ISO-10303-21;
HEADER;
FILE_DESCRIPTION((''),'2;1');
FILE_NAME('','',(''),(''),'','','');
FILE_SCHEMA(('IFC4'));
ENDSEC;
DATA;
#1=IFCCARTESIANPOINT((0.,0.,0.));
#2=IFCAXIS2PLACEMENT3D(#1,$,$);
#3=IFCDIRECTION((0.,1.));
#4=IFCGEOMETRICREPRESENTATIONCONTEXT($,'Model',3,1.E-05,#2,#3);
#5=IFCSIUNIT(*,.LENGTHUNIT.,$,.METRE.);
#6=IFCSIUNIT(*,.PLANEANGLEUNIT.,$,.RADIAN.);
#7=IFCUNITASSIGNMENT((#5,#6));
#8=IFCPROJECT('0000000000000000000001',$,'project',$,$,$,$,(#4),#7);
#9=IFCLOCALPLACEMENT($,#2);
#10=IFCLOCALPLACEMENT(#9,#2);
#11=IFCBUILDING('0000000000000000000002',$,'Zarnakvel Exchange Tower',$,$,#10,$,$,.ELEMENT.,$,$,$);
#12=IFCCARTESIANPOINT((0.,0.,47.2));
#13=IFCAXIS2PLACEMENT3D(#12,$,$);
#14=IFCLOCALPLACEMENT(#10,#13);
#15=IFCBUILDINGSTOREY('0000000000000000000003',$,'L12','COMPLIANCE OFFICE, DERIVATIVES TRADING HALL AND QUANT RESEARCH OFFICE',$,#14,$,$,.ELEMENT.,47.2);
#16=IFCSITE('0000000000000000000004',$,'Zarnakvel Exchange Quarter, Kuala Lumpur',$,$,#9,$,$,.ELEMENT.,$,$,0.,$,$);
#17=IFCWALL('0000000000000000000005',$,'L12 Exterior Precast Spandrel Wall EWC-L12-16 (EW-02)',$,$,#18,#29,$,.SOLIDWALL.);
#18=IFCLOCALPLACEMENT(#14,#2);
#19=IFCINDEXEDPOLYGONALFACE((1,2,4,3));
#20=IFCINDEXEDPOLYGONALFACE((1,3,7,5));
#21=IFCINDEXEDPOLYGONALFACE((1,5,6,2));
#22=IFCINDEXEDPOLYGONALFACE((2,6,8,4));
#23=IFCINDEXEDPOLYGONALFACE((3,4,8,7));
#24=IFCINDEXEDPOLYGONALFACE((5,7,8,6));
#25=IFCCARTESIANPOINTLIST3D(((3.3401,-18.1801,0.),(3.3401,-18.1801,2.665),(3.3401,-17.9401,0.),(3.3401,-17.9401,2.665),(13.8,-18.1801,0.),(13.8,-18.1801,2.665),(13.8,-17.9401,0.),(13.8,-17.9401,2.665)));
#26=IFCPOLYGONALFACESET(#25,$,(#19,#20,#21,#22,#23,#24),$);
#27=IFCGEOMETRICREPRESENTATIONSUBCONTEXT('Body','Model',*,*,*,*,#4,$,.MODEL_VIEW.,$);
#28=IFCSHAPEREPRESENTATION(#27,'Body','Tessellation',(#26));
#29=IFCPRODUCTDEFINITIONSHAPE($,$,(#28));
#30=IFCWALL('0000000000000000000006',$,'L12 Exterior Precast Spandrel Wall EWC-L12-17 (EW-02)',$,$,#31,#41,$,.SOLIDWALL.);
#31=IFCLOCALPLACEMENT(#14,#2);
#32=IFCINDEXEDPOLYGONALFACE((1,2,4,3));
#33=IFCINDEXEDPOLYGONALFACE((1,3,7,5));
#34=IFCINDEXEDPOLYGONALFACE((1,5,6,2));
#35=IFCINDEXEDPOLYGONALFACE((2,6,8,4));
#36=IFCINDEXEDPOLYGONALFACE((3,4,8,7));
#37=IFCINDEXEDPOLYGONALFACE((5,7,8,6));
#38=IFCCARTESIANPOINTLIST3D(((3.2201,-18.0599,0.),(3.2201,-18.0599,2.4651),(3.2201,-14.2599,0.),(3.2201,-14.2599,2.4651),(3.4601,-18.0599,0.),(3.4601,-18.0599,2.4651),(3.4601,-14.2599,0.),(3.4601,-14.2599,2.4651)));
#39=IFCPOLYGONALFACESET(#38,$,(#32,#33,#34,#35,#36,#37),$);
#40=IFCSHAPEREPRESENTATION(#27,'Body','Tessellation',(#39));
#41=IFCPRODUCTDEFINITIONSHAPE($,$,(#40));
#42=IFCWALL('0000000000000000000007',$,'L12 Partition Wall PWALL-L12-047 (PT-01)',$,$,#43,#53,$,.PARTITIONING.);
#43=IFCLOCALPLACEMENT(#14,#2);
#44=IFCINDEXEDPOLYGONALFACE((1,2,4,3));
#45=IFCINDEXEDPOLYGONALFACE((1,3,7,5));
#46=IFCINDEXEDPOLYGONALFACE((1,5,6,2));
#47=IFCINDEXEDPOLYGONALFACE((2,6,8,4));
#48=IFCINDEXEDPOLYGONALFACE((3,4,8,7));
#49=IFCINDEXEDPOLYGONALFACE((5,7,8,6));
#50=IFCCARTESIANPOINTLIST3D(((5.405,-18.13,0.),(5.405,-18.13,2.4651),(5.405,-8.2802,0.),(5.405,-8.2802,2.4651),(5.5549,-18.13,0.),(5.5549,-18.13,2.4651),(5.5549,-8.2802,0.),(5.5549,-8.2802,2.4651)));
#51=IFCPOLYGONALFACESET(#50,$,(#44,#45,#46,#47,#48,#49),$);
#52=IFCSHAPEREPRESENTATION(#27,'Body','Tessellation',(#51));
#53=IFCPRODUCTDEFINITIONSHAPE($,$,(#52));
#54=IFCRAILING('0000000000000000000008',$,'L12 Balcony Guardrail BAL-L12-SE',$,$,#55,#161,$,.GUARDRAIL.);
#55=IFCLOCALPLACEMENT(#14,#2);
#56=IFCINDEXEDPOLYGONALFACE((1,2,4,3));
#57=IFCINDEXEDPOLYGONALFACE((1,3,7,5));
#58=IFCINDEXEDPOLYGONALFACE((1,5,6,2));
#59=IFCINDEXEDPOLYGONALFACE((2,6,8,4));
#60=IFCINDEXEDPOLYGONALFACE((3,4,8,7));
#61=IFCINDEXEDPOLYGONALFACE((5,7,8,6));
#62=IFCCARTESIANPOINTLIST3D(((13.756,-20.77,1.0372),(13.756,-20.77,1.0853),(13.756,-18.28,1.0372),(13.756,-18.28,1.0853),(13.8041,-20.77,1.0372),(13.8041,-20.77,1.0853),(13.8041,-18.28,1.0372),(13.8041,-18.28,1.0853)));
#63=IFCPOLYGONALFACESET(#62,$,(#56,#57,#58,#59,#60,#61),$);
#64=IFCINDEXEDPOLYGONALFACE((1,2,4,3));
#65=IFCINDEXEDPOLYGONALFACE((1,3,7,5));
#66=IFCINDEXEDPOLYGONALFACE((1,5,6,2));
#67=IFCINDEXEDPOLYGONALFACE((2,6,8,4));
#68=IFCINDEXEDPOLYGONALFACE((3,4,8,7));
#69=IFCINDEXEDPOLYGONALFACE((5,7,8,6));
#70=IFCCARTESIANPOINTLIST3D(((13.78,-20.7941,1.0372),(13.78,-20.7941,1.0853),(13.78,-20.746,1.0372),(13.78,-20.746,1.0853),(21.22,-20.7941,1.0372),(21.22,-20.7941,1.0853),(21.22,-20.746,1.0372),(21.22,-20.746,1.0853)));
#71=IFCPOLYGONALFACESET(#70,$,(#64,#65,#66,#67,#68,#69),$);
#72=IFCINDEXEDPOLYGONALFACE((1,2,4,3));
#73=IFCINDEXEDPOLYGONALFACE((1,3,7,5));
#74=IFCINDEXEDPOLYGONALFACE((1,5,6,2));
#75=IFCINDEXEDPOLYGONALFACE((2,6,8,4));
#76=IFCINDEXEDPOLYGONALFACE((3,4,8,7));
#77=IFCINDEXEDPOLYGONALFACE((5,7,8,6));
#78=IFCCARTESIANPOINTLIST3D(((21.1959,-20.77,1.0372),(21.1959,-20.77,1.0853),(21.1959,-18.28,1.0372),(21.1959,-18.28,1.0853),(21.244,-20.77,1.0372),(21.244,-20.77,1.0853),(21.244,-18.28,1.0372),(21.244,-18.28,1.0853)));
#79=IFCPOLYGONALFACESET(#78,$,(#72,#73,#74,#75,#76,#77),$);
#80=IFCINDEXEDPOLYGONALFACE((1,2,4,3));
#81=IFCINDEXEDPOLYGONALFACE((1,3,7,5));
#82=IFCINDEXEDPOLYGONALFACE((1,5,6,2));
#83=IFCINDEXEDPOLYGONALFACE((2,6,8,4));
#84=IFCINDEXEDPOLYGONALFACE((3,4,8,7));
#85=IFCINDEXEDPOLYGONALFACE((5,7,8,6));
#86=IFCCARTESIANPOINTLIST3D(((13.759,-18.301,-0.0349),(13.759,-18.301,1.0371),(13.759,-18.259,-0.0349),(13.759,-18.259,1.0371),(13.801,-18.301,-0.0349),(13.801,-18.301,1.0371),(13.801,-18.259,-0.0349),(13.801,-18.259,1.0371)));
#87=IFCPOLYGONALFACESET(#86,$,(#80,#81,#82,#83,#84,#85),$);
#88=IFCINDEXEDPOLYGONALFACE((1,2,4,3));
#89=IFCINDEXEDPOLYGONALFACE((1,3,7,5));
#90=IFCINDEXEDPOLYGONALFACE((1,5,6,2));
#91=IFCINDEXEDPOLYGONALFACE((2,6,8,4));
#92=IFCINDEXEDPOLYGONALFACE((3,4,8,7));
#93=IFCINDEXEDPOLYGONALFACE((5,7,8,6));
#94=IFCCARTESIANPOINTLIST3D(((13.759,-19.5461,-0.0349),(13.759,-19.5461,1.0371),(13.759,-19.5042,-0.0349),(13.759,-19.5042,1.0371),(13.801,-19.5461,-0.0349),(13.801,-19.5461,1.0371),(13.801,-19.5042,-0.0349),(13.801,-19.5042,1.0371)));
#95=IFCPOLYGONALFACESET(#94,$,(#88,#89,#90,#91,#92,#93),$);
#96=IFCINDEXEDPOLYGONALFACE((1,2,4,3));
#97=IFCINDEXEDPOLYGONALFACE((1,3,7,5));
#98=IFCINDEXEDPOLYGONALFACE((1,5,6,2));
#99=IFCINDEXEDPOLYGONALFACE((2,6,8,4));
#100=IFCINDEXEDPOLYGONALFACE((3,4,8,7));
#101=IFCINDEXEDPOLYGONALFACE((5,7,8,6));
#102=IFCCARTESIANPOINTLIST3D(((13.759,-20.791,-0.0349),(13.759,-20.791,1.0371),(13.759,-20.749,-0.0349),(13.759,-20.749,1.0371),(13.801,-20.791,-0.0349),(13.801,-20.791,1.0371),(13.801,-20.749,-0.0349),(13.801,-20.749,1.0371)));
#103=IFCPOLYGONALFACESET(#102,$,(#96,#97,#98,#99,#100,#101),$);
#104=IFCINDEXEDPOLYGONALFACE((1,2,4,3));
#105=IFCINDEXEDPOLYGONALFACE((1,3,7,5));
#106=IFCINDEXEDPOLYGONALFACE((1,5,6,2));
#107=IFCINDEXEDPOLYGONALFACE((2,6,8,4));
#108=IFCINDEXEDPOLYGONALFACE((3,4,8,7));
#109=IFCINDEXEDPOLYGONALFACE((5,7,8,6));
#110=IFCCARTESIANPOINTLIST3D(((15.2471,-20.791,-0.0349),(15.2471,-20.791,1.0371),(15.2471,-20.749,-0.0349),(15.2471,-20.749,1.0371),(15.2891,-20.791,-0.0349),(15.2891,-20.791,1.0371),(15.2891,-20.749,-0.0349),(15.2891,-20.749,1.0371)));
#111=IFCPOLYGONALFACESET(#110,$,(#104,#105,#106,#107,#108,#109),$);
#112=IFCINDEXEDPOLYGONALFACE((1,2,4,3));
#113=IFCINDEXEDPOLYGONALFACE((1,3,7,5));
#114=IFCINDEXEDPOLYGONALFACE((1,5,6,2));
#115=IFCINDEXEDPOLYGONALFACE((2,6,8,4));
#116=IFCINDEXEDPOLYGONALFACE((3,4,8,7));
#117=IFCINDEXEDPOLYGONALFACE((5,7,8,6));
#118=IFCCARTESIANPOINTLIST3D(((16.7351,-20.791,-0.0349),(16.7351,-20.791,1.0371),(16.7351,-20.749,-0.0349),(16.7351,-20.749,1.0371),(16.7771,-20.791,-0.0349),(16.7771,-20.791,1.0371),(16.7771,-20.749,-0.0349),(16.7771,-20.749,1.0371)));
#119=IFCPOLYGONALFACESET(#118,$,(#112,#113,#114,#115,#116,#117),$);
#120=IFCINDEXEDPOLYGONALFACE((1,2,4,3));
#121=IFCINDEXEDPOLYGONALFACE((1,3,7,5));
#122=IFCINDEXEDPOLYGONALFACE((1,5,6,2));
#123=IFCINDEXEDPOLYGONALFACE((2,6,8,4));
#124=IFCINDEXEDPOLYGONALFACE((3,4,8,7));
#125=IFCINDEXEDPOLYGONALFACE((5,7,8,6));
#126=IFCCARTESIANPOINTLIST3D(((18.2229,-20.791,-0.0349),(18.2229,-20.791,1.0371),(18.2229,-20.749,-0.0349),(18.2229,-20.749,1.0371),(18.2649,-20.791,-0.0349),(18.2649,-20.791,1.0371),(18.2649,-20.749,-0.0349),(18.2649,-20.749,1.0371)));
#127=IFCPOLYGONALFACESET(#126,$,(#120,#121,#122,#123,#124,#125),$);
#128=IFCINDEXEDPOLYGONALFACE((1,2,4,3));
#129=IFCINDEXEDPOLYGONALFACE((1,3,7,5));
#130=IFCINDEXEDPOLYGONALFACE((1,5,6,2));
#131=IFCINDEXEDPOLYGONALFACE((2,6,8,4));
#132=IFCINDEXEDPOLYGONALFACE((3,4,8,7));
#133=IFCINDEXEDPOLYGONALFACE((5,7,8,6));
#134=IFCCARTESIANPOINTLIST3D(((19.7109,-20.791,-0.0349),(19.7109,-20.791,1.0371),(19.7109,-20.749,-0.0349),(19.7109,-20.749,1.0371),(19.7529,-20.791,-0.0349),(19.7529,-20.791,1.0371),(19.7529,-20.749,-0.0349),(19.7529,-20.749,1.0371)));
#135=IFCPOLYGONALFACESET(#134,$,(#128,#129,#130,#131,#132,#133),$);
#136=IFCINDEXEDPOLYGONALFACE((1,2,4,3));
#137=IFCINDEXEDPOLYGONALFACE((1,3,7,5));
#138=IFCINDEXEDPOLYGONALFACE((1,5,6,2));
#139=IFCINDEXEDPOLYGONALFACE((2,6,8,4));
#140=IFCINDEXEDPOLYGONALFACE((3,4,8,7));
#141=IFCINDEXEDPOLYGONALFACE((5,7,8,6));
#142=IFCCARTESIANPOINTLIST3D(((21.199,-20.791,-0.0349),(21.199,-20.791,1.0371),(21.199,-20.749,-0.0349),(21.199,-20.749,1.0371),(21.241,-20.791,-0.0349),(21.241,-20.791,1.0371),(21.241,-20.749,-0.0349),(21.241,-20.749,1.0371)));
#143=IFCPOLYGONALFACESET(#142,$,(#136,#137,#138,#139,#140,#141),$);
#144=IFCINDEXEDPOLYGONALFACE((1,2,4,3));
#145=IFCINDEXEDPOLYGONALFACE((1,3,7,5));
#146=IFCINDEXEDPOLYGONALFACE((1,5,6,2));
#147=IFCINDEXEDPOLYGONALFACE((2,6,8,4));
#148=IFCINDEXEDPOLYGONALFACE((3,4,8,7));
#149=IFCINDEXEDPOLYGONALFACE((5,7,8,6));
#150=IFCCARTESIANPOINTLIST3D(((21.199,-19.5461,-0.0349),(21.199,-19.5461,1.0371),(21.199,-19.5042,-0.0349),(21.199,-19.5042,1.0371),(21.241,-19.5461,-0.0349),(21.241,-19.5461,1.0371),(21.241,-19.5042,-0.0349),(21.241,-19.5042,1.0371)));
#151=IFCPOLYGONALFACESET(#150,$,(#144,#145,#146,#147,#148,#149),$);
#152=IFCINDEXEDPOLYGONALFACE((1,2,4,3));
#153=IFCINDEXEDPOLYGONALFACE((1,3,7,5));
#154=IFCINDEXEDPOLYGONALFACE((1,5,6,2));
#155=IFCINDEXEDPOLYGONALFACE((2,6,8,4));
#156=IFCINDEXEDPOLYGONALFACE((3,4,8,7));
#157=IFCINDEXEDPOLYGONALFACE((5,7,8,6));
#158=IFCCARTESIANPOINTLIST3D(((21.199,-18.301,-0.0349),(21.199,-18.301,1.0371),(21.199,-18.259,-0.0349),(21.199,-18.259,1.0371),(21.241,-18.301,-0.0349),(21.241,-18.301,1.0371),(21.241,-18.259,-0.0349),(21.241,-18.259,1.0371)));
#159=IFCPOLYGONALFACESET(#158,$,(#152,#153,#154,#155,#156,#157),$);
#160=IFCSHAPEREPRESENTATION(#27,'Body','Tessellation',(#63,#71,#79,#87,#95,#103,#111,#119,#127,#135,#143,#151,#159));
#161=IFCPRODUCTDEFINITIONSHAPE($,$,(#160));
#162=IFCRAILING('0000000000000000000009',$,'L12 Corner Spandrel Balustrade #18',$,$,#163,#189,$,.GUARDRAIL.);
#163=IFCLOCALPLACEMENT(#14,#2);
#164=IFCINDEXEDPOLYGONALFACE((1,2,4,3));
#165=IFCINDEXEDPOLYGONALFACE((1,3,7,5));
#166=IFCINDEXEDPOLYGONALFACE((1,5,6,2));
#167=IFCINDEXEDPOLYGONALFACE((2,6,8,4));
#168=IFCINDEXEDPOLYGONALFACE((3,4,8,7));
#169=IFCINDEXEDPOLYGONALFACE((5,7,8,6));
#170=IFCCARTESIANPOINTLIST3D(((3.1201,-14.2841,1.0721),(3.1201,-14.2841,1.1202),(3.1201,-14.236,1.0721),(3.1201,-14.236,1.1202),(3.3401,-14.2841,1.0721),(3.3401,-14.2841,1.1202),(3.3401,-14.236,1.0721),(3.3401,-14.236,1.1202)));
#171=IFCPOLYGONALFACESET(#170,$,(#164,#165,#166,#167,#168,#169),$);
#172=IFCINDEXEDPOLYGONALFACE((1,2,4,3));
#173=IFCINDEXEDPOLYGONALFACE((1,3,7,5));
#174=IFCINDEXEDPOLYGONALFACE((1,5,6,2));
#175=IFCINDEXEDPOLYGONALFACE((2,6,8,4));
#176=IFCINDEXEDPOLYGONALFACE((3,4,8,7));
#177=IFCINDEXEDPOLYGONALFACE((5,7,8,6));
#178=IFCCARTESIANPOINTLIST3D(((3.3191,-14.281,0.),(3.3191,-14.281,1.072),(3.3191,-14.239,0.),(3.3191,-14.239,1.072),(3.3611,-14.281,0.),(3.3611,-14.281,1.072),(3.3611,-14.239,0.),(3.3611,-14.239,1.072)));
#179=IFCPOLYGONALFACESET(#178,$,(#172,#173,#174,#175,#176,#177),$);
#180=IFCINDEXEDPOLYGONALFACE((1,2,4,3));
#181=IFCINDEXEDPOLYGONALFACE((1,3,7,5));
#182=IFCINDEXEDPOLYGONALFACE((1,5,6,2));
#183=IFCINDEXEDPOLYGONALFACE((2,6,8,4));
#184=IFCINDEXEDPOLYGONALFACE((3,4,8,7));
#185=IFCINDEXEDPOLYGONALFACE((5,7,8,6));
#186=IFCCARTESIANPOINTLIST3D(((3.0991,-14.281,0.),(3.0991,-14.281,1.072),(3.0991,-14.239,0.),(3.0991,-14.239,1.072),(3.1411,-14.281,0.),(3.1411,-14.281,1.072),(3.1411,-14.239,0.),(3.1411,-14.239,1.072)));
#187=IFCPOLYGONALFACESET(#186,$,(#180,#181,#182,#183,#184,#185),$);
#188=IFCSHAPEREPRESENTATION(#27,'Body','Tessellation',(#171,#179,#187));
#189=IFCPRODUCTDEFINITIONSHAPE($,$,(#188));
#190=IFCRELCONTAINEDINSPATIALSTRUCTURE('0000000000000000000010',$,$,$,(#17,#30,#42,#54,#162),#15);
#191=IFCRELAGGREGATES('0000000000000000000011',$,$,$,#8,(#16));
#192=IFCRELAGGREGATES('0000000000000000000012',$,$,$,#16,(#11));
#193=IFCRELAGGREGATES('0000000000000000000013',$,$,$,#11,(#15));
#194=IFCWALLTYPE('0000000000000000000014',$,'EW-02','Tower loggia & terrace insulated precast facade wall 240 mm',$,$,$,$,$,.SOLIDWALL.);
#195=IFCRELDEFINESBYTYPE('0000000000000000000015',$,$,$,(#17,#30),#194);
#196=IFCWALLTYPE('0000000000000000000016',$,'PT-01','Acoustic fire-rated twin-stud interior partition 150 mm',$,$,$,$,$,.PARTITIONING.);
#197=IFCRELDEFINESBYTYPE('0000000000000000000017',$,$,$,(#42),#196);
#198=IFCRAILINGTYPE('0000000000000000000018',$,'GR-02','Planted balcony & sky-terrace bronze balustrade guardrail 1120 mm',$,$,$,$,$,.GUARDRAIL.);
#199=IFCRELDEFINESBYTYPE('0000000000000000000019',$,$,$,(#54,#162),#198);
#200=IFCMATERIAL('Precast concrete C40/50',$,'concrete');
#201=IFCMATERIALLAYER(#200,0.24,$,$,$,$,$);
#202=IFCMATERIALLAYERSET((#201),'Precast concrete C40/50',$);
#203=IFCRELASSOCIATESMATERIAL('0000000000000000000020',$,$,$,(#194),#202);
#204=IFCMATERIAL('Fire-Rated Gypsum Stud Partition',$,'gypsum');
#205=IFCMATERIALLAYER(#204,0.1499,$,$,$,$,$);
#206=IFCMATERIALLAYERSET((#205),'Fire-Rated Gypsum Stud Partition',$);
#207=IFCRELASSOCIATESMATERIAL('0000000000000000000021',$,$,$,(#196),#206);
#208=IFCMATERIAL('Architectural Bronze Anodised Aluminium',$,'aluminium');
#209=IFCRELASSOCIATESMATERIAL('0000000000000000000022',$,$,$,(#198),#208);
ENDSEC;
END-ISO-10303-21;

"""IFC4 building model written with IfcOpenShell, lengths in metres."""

from ifc_helpers import new_model, si_unit, direction, frame, frame_2d, origin, origin_2d, place, context, subcontext, project, spatial, rectangle, extrude, material, layer, layer_set, type_object, element, save


model = new_model("IFC4")

# Units and contexts
model_context = context("Model", 3, precision=1e-05, world=origin(), true_north=direction((0.0, 1.0)))
body_context = subcontext(model_context, "Body", "Model", "MODEL_VIEW")
ifc_project = project(units=[si_unit("LENGTHUNIT", "METRE"), si_unit("PLANEANGLEUNIT", "RADIAN")], contexts=[model_context])

# Site, building, storey
site_placement = place(None, origin())
site = spatial("IfcSite", under=ifc_project, at=site_placement, Name="Zarnakvel Exchange Quarter, Kuala Lumpur", CompositionType="ELEMENT", RefElevation=0.0)
building_placement = place(site_placement, origin())
building = spatial("IfcBuilding", under=site, at=building_placement, Name="Zarnakvel Exchange Tower", CompositionType="ELEMENT")
storey_placement = place(building_placement, frame((0.0, 0.0, 47.2)))
storey = spatial("IfcBuildingStorey", under=building, at=storey_placement, Name="L12", Description="COMPLIANCE OFFICE, DERIVATIVES TRADING HALL AND QUANT RESEARCH OFFICE", CompositionType="ELEMENT", Elevation=47.2)

# Shared definitions
ifc_material_1 = material(Name="Architectural Bronze Anodised Aluminium", Category="aluminium")

# Walls
ifc_material_2 = material(Name="Precast concrete C40/50", Category="concrete")
ifc_layer_1 = layer(ifc_material_2, 0.24)
ifc_layer_set_1 = layer_set([ifc_layer_1], Name="Precast concrete C40/50")
wall_type_1 = type_object("IfcWallType", Name="EW-02", Description="Tower loggia & terrace insulated precast facade wall 240 mm", PredefinedType="SOLIDWALL", material=ifc_layer_set_1)
wall_1_placement = place(storey_placement, frame((3.3401, -18.0601, 0.0), z_axis=(0.0, 0.0, 1.0), x_axis=(1.0, 0.0, 0.0)))
element("IfcWall", 1, at=wall_1_placement, inside=storey, type_object=wall_type_1, Name="L12 Exterior Precast Spandrel Wall EWC-L12-16 (EW-02)", PredefinedType="SOLIDWALL", context=body_context, shape_type="SweptSolid", body=[
    extrude(rectangle(XDim=10.46, YDim=0.24, at=frame_2d((5.23, 0.0))), origin(), (0.0, 0.0, 1.0), 2.665),
])
wall_2_placement = place(storey_placement, frame((3.3401, -14.26, 0.0), z_axis=(0.0, 0.0, 1.0), x_axis=(0.0, -1.0, 0.0)))
element("IfcWall", 2, at=wall_2_placement, inside=storey, type_object=wall_type_1, Name="L12 Exterior Precast Spandrel Wall EWC-L12-17 (EW-02)", PredefinedType="SOLIDWALL", context=body_context, shape_type="SweptSolid", body=[
    extrude(rectangle(XDim=3.8, YDim=0.24, at=frame_2d((1.8999, 0.0))), origin(), (0.0, 0.0, 1.0), 2.4651),
])
ifc_material_3 = material(Name="Fire-Rated Gypsum Stud Partition", Category="gypsum")
ifc_layer_2 = layer(ifc_material_3, 0.1499)
ifc_layer_set_2 = layer_set([ifc_layer_2], Name="Fire-Rated Gypsum Stud Partition")
wall_type_2 = type_object("IfcWallType", Name="PT-01", Description="Acoustic fire-rated twin-stud interior partition 150 mm", PredefinedType="PARTITIONING", material=ifc_layer_set_2)
wall_3_placement = place(storey_placement, frame((5.48, -18.1299, 0.0), z_axis=(0.0, 0.0, 1.0), x_axis=(0.0, 1.0, 0.0)))
element("IfcWall", 3, at=wall_3_placement, inside=storey, type_object=wall_type_2, Name="L12 Partition Wall PWALL-L12-047 (PT-01)", PredefinedType="PARTITIONING", context=body_context, shape_type="SweptSolid", body=[
    extrude(rectangle(XDim=9.8499, YDim=0.1499, at=frame_2d((4.9248, 0.0))), origin(), (0.0, 0.0, 1.0), 2.4651),
])

# Railings
railing_type = type_object("IfcRailingType", Name="GR-02", Description="Planted balcony & sky-terrace bronze balustrade guardrail 1120 mm", PredefinedType="GUARDRAIL", material=ifc_material_1)
railing_1_placement = place(storey_placement, frame((13.78, -18.28, -0.0349)))
element("IfcRailing", 4, at=railing_1_placement, inside=storey, type_object=railing_type, Name="L12 Balcony Guardrail BAL-L12-SE", PredefinedType="GUARDRAIL", context=body_context, shape_type="SweptSolid", body=[
    extrude(rectangle(XDim=0.0481, YDim=0.0481, at=origin_2d()), frame((0.0, 0.0, 1.0962), z_axis=(0.0, -1.0, 0.0), x_axis=(1.0, 0.0, 0.0)), (0.0, 0.0, 1.0), 2.49),
    extrude(rectangle(XDim=0.0481, YDim=0.0481, at=origin_2d()), frame((0.0, -2.49, 1.0962), z_axis=(1.0, 0.0, 0.0), x_axis=(0.0, 1.0, 0.0)), (0.0, 0.0, 1.0), 7.4399),
    extrude(rectangle(XDim=0.0481, YDim=0.0481, at=origin_2d()), frame((7.4399, -2.49, 1.0962), z_axis=(0.0, 1.0, 0.0), x_axis=(-1.0, 0.0, 0.0)), (0.0, 0.0, 1.0), 2.49),
    extrude(rectangle(XDim=0.042, YDim=0.042, at=origin_2d()), origin(), (0.0, 0.0, 1.0), 1.072),
    extrude(rectangle(XDim=0.042, YDim=0.042, at=origin_2d()), frame((0.0, -1.2451, 0.0)), (0.0, 0.0, 1.0), 1.072),
    extrude(rectangle(XDim=0.042, YDim=0.042, at=origin_2d()), frame((0.0, -2.49, 0.0)), (0.0, 0.0, 1.0), 1.072),
    extrude(rectangle(XDim=0.042, YDim=0.042, at=origin_2d()), frame((1.488, -2.49, 0.0)), (0.0, 0.0, 1.0), 1.072),
    extrude(rectangle(XDim=0.042, YDim=0.042, at=origin_2d()), frame((2.9761, -2.49, 0.0)), (0.0, 0.0, 1.0), 1.072),
    extrude(rectangle(XDim=0.042, YDim=0.042, at=origin_2d()), frame((4.4639, -2.49, 0.0)), (0.0, 0.0, 1.0), 1.072),
    extrude(rectangle(XDim=0.042, YDim=0.042, at=origin_2d()), frame((5.9519, -2.49, 0.0)), (0.0, 0.0, 1.0), 1.072),
    extrude(rectangle(XDim=0.042, YDim=0.042, at=origin_2d()), frame((7.4399, -2.49, 0.0)), (0.0, 0.0, 1.0), 1.072),
    extrude(rectangle(XDim=0.042, YDim=0.042, at=origin_2d()), frame((7.4399, -1.2451, 0.0)), (0.0, 0.0, 1.0), 1.072),
    extrude(rectangle(XDim=0.042, YDim=0.042, at=origin_2d()), frame((7.4399, 0.0, 0.0)), (0.0, 0.0, 1.0), 1.072),
])
railing_2_placement = place(storey_placement, frame((3.3401, -14.26, 0.0)))
element("IfcRailing", 5, at=railing_2_placement, inside=storey, type_object=railing_type, Name="L12 Corner Spandrel Balustrade #18", PredefinedType="GUARDRAIL", context=body_context, shape_type="SweptSolid", body=[
    extrude(rectangle(XDim=0.0481, YDim=0.0481, at=origin_2d()), frame((0.0, 0.0, 1.0962), z_axis=(-1.0, 0.0, 0.0), x_axis=(0.0, -1.0, 0.0)), (0.0, 0.0, 1.0), 0.22),
    extrude(rectangle(XDim=0.042, YDim=0.042, at=origin_2d()), origin(), (0.0, 0.0, 1.0), 1.072),
    extrude(rectangle(XDim=0.042, YDim=0.042, at=origin_2d()), frame((-0.22, 0.0, 0.0)), (0.0, 0.0, 1.0), 1.072),
])

save(model, "model.ifc")
